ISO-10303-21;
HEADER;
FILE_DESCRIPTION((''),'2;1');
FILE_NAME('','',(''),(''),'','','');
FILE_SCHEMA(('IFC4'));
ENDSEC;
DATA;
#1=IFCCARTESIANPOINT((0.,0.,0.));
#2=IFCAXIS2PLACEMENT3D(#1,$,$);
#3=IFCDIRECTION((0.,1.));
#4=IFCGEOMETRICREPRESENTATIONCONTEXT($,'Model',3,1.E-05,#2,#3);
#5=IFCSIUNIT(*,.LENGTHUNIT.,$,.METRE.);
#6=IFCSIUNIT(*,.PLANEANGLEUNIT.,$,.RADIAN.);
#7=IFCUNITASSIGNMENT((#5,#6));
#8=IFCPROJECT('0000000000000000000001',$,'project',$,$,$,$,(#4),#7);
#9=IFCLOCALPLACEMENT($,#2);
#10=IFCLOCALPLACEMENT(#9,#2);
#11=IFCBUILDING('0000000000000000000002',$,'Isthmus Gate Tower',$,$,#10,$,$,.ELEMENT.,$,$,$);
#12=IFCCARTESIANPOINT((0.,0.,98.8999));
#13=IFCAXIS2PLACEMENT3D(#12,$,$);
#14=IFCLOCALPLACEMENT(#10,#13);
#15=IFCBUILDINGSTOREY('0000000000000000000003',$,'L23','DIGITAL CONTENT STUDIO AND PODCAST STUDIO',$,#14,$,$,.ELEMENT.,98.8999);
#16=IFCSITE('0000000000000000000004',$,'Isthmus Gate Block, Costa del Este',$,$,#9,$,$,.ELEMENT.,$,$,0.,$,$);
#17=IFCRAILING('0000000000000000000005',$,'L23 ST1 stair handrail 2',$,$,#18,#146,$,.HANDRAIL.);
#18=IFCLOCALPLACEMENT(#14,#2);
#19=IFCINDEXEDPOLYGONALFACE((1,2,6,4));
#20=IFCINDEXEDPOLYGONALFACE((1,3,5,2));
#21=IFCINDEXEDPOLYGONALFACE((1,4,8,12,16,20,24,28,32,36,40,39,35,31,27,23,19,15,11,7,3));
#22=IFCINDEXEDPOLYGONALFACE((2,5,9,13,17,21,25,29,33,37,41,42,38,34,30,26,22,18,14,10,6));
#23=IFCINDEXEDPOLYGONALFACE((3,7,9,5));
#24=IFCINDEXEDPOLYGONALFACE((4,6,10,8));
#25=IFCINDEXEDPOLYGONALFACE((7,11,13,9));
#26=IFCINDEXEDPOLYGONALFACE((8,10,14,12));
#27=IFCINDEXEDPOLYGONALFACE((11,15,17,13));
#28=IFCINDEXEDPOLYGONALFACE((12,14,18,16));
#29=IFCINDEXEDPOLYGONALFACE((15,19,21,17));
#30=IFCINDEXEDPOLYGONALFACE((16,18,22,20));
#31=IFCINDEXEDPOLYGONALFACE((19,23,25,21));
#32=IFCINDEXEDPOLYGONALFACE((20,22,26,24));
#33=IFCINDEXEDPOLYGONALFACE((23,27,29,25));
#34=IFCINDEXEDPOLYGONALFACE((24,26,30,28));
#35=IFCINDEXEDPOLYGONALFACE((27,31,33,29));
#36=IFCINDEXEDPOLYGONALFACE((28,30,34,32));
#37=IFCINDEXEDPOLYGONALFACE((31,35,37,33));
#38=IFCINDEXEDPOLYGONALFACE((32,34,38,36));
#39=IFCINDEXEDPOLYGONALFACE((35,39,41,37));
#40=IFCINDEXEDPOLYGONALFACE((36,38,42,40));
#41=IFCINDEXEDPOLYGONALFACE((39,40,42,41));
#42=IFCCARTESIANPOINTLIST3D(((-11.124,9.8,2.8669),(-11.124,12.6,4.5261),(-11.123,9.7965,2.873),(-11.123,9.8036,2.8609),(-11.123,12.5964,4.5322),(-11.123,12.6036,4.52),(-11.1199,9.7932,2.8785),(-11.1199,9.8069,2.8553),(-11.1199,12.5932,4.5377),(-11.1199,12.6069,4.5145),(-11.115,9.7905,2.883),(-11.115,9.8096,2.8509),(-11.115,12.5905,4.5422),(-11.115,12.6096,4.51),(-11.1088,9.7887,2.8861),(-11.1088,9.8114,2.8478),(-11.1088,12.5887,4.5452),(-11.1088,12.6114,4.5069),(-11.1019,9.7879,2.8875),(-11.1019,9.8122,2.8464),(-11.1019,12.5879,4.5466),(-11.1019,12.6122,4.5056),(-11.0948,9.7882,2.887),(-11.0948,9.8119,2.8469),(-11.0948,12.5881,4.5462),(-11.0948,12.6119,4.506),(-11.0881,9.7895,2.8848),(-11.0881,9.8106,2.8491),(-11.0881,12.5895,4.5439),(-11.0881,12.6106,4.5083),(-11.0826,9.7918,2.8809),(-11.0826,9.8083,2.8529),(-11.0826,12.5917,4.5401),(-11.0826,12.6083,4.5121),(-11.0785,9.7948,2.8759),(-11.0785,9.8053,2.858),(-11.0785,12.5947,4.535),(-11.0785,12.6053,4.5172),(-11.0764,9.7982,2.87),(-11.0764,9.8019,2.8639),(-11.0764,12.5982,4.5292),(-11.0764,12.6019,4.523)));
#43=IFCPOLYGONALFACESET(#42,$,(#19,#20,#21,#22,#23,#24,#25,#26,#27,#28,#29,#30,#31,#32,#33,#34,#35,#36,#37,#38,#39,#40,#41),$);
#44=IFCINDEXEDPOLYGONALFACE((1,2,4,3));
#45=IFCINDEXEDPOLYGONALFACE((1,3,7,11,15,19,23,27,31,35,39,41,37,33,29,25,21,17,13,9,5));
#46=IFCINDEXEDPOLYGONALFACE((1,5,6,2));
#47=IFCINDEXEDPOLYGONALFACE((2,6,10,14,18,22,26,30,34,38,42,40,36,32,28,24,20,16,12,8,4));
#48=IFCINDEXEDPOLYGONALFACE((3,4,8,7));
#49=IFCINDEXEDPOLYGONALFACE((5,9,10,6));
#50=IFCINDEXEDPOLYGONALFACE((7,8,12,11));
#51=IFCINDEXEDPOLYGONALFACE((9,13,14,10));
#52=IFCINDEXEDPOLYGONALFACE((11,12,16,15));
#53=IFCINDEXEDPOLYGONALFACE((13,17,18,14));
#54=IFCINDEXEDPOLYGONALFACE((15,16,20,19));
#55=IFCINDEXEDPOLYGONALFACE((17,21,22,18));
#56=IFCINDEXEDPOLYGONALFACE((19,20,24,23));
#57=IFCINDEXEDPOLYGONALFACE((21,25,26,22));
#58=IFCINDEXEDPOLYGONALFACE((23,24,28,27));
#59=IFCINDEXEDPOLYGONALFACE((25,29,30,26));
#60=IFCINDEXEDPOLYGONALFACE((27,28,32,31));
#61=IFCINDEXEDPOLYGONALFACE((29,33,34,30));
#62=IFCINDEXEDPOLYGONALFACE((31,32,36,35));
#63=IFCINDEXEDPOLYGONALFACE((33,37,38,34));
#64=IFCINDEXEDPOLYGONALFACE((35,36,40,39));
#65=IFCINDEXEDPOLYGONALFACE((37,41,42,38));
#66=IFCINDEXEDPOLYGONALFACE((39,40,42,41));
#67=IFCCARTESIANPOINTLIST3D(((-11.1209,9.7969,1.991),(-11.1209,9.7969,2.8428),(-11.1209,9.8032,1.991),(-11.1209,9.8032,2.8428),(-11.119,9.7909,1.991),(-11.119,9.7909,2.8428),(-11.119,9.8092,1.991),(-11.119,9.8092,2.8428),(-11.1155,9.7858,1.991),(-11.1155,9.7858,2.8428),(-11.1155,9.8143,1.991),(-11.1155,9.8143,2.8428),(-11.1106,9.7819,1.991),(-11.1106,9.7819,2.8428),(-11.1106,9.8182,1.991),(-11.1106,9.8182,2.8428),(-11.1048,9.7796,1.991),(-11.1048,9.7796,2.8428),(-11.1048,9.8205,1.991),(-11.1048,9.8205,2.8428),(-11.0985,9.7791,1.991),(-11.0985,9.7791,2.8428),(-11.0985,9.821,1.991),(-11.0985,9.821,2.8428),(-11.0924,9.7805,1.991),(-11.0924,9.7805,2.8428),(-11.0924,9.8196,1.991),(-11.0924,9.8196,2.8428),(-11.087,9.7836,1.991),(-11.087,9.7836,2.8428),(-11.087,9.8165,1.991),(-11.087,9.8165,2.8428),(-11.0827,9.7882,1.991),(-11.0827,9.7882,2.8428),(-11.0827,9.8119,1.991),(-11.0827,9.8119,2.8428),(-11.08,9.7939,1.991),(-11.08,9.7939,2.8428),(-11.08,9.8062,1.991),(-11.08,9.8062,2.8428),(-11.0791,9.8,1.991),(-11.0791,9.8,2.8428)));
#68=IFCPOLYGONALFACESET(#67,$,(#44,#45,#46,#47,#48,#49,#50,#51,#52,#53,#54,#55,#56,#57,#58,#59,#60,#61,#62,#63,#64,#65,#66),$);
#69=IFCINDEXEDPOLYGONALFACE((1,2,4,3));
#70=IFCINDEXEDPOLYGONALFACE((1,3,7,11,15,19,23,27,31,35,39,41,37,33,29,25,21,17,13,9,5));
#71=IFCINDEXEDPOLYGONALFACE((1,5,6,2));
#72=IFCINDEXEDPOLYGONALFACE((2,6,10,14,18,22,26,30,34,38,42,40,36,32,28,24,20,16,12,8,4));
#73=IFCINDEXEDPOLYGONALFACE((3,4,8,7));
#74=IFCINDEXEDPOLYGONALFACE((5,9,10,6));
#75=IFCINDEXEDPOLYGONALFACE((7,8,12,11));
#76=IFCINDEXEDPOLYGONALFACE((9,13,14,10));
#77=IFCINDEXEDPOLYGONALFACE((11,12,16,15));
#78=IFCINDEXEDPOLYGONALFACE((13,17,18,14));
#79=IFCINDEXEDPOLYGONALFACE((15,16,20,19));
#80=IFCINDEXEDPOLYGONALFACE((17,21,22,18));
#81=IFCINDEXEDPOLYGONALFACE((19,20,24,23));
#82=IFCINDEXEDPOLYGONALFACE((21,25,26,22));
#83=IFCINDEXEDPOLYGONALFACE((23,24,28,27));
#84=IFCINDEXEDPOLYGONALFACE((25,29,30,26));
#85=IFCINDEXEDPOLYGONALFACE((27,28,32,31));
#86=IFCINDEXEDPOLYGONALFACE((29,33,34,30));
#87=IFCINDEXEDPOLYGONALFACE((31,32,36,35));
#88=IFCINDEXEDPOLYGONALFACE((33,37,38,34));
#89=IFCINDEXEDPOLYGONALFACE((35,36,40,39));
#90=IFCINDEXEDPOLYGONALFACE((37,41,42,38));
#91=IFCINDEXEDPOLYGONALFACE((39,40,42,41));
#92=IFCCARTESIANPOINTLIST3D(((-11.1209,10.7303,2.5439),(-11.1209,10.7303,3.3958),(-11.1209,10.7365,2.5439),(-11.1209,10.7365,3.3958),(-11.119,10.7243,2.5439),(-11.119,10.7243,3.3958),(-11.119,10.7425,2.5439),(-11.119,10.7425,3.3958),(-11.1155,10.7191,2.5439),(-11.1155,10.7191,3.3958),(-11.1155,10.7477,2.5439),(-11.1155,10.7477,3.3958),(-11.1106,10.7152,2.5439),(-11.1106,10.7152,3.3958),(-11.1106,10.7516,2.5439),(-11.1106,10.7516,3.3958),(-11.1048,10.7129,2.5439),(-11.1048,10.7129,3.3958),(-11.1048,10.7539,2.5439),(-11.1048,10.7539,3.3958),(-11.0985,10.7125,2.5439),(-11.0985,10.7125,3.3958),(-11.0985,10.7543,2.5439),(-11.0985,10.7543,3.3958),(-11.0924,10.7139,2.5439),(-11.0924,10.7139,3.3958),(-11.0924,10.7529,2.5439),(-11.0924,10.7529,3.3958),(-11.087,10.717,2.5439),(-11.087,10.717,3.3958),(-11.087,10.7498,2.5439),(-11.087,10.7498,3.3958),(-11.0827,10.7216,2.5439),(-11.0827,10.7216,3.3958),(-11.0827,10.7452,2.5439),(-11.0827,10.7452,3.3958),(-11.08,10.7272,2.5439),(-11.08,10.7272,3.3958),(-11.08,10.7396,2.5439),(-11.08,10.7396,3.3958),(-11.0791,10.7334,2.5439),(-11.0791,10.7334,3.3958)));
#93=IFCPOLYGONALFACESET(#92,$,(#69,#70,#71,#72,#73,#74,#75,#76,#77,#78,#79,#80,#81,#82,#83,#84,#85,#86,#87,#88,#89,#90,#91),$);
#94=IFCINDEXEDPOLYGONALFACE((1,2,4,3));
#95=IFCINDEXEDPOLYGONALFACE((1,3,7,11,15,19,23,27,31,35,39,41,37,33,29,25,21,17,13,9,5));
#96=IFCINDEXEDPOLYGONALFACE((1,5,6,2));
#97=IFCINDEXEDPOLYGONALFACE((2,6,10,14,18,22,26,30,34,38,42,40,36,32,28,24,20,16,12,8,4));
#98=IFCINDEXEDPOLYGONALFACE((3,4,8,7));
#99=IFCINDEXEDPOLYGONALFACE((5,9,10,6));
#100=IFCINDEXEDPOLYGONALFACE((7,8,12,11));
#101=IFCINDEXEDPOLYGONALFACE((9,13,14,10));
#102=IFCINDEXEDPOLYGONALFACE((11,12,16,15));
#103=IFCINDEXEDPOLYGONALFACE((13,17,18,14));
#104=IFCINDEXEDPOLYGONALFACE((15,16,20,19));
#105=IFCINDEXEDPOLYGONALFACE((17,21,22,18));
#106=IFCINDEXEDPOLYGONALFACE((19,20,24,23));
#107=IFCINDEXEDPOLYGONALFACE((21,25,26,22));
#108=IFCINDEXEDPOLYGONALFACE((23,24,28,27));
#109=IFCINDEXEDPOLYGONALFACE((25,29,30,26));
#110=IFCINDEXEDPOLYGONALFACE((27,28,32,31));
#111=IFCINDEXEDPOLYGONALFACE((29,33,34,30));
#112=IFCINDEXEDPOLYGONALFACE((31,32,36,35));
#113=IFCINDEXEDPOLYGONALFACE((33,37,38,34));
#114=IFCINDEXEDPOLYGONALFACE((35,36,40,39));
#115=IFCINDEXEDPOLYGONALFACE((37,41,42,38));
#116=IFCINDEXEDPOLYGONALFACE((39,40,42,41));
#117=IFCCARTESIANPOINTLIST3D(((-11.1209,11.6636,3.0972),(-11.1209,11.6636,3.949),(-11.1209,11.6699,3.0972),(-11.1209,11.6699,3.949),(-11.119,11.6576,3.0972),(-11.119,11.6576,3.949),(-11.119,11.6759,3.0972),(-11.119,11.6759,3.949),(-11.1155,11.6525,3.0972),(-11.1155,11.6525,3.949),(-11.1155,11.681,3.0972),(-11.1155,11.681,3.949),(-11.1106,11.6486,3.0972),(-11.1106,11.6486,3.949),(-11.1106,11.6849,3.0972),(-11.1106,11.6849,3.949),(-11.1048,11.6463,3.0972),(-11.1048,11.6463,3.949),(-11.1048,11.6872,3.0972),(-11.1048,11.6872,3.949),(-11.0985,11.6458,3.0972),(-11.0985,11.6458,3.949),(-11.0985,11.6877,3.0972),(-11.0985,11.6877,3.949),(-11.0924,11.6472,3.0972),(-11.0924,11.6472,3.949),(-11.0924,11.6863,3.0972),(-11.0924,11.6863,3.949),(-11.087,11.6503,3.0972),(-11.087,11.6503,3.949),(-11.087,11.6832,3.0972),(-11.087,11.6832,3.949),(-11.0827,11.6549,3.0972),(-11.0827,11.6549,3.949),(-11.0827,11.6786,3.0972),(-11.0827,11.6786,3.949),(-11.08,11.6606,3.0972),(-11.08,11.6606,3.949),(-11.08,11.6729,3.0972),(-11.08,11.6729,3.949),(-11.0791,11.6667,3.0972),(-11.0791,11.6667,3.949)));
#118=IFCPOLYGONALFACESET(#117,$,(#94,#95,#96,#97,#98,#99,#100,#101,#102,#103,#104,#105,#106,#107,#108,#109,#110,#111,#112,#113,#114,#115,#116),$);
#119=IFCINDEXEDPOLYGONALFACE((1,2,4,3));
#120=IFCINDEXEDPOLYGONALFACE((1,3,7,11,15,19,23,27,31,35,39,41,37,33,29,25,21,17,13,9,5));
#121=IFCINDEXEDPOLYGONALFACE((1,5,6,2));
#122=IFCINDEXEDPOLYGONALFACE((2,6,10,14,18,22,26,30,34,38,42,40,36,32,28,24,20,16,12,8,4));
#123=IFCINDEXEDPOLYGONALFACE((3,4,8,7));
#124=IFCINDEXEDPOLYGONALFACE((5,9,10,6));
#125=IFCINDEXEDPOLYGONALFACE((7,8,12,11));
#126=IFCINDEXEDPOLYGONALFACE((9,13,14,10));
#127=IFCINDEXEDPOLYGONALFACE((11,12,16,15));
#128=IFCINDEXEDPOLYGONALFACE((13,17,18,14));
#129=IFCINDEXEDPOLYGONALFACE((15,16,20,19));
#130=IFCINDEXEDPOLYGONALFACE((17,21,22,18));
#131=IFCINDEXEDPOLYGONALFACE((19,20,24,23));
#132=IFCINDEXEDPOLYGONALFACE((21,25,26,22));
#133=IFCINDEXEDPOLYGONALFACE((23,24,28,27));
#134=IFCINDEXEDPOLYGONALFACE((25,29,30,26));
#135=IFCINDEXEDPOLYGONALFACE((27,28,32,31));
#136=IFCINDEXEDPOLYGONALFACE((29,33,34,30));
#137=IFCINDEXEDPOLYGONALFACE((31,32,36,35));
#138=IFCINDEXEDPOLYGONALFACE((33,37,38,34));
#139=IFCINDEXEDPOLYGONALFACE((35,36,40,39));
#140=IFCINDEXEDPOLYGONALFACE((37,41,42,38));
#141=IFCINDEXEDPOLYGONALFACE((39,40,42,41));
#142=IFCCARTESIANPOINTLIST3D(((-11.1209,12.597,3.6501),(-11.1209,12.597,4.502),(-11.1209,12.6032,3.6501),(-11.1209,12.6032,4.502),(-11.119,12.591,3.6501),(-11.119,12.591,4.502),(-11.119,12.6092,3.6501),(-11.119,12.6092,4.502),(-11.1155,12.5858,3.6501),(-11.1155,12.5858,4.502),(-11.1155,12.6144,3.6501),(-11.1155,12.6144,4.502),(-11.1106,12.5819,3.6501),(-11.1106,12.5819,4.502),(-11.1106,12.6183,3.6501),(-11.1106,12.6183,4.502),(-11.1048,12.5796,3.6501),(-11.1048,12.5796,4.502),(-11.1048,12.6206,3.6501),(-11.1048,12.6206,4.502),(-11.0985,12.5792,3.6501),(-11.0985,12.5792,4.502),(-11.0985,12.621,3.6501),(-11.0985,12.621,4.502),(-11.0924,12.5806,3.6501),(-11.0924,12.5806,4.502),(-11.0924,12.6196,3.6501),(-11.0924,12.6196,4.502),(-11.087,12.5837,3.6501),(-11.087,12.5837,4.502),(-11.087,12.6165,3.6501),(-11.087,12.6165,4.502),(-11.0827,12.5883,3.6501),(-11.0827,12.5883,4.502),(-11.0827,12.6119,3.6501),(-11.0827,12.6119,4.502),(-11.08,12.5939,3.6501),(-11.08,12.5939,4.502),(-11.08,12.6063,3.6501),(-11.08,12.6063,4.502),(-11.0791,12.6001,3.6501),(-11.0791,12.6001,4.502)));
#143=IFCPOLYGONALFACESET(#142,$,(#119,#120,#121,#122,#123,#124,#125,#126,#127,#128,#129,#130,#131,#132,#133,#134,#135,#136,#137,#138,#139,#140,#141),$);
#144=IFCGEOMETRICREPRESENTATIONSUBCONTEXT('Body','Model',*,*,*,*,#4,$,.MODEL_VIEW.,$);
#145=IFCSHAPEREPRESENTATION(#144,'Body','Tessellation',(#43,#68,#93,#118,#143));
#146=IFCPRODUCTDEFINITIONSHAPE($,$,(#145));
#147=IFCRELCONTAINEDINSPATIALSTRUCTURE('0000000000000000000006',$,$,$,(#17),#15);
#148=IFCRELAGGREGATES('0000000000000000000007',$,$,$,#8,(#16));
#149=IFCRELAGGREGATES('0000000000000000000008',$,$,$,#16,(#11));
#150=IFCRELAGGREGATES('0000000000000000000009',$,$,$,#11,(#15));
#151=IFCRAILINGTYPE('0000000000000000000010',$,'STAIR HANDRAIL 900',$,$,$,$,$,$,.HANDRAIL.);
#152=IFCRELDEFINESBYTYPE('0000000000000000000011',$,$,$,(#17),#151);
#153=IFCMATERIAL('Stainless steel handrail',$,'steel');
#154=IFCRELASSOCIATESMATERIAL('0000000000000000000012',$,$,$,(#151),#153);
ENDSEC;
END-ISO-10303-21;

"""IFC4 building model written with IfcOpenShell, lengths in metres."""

from ifc_helpers import new_model, si_unit, direction, frame, origin, origin_2d, place, context, subcontext, project, spatial, circle, extrude, material, type_object, element, save


model = new_model("IFC4")

# Units and contexts
model_context = context("Model", 3, precision=1e-05, world=origin(), true_north=direction((0.0, 1.0)))
body_context = subcontext(model_context, "Body", "Model", "MODEL_VIEW")
ifc_project = project(units=[si_unit("LENGTHUNIT", "METRE"), si_unit("PLANEANGLEUNIT", "RADIAN")], contexts=[model_context])

# Site, building, storey
site_placement = place(None, origin())
site = spatial("IfcSite", under=ifc_project, at=site_placement, Name="Isthmus Gate Block, Costa del Este", CompositionType="ELEMENT", RefElevation=0.0)
building_placement = place(site_placement, origin())
building = spatial("IfcBuilding", under=site, at=building_placement, Name="Isthmus Gate Tower", CompositionType="ELEMENT")
storey_placement = place(building_placement, frame((0.0, 0.0, 98.8999)))
storey = spatial("IfcBuildingStorey", under=building, at=storey_placement, Name="L23", Description="DIGITAL CONTENT STUDIO AND PODCAST STUDIO", CompositionType="ELEMENT", Elevation=98.8999)

# Railing
ifc_material_1 = material(Name="Stainless steel handrail", Category="steel")
railing_type_1 = type_object("IfcRailingType", Name="STAIR HANDRAIL 900", PredefinedType="HANDRAIL", material=ifc_material_1)
railing_1_placement = place(storey_placement, frame((-11.1001, 9.8, 1.991)))
element("IfcRailing", 1, at=railing_1_placement, inside=storey, type_object=railing_type_1, Name="L23 ST1 stair handrail 2", PredefinedType="HANDRAIL", context=body_context, shape_type="SweptSolid", body=[
    extrude(circle(Radius=0.0239, at=origin_2d()), frame((0.0, 0.0, 0.876), z_axis=(0.0, 0.860306, 0.509778), x_axis=(-1.0, 0.0, 0.0)), (0.0, 0.0, 1.0), 3.2546),
    extrude(circle(Radius=0.021, at=origin_2d()), origin(), (0.0, 0.0, 1.0), 0.8518),
    extrude(circle(Radius=0.021, at=origin_2d()), frame((0.0, 0.9333, 0.553)), (0.0, 0.0, 1.0), 0.8518),
    extrude(circle(Radius=0.021, at=origin_2d()), frame((0.0, 1.8667, 1.1062)), (0.0, 0.0, 1.0), 0.8518),
    extrude(circle(Radius=0.021, at=origin_2d()), frame((0.0, 2.8, 1.6592)), (0.0, 0.0, 1.0), 0.8518),
])

save(model, "model.ifc")
